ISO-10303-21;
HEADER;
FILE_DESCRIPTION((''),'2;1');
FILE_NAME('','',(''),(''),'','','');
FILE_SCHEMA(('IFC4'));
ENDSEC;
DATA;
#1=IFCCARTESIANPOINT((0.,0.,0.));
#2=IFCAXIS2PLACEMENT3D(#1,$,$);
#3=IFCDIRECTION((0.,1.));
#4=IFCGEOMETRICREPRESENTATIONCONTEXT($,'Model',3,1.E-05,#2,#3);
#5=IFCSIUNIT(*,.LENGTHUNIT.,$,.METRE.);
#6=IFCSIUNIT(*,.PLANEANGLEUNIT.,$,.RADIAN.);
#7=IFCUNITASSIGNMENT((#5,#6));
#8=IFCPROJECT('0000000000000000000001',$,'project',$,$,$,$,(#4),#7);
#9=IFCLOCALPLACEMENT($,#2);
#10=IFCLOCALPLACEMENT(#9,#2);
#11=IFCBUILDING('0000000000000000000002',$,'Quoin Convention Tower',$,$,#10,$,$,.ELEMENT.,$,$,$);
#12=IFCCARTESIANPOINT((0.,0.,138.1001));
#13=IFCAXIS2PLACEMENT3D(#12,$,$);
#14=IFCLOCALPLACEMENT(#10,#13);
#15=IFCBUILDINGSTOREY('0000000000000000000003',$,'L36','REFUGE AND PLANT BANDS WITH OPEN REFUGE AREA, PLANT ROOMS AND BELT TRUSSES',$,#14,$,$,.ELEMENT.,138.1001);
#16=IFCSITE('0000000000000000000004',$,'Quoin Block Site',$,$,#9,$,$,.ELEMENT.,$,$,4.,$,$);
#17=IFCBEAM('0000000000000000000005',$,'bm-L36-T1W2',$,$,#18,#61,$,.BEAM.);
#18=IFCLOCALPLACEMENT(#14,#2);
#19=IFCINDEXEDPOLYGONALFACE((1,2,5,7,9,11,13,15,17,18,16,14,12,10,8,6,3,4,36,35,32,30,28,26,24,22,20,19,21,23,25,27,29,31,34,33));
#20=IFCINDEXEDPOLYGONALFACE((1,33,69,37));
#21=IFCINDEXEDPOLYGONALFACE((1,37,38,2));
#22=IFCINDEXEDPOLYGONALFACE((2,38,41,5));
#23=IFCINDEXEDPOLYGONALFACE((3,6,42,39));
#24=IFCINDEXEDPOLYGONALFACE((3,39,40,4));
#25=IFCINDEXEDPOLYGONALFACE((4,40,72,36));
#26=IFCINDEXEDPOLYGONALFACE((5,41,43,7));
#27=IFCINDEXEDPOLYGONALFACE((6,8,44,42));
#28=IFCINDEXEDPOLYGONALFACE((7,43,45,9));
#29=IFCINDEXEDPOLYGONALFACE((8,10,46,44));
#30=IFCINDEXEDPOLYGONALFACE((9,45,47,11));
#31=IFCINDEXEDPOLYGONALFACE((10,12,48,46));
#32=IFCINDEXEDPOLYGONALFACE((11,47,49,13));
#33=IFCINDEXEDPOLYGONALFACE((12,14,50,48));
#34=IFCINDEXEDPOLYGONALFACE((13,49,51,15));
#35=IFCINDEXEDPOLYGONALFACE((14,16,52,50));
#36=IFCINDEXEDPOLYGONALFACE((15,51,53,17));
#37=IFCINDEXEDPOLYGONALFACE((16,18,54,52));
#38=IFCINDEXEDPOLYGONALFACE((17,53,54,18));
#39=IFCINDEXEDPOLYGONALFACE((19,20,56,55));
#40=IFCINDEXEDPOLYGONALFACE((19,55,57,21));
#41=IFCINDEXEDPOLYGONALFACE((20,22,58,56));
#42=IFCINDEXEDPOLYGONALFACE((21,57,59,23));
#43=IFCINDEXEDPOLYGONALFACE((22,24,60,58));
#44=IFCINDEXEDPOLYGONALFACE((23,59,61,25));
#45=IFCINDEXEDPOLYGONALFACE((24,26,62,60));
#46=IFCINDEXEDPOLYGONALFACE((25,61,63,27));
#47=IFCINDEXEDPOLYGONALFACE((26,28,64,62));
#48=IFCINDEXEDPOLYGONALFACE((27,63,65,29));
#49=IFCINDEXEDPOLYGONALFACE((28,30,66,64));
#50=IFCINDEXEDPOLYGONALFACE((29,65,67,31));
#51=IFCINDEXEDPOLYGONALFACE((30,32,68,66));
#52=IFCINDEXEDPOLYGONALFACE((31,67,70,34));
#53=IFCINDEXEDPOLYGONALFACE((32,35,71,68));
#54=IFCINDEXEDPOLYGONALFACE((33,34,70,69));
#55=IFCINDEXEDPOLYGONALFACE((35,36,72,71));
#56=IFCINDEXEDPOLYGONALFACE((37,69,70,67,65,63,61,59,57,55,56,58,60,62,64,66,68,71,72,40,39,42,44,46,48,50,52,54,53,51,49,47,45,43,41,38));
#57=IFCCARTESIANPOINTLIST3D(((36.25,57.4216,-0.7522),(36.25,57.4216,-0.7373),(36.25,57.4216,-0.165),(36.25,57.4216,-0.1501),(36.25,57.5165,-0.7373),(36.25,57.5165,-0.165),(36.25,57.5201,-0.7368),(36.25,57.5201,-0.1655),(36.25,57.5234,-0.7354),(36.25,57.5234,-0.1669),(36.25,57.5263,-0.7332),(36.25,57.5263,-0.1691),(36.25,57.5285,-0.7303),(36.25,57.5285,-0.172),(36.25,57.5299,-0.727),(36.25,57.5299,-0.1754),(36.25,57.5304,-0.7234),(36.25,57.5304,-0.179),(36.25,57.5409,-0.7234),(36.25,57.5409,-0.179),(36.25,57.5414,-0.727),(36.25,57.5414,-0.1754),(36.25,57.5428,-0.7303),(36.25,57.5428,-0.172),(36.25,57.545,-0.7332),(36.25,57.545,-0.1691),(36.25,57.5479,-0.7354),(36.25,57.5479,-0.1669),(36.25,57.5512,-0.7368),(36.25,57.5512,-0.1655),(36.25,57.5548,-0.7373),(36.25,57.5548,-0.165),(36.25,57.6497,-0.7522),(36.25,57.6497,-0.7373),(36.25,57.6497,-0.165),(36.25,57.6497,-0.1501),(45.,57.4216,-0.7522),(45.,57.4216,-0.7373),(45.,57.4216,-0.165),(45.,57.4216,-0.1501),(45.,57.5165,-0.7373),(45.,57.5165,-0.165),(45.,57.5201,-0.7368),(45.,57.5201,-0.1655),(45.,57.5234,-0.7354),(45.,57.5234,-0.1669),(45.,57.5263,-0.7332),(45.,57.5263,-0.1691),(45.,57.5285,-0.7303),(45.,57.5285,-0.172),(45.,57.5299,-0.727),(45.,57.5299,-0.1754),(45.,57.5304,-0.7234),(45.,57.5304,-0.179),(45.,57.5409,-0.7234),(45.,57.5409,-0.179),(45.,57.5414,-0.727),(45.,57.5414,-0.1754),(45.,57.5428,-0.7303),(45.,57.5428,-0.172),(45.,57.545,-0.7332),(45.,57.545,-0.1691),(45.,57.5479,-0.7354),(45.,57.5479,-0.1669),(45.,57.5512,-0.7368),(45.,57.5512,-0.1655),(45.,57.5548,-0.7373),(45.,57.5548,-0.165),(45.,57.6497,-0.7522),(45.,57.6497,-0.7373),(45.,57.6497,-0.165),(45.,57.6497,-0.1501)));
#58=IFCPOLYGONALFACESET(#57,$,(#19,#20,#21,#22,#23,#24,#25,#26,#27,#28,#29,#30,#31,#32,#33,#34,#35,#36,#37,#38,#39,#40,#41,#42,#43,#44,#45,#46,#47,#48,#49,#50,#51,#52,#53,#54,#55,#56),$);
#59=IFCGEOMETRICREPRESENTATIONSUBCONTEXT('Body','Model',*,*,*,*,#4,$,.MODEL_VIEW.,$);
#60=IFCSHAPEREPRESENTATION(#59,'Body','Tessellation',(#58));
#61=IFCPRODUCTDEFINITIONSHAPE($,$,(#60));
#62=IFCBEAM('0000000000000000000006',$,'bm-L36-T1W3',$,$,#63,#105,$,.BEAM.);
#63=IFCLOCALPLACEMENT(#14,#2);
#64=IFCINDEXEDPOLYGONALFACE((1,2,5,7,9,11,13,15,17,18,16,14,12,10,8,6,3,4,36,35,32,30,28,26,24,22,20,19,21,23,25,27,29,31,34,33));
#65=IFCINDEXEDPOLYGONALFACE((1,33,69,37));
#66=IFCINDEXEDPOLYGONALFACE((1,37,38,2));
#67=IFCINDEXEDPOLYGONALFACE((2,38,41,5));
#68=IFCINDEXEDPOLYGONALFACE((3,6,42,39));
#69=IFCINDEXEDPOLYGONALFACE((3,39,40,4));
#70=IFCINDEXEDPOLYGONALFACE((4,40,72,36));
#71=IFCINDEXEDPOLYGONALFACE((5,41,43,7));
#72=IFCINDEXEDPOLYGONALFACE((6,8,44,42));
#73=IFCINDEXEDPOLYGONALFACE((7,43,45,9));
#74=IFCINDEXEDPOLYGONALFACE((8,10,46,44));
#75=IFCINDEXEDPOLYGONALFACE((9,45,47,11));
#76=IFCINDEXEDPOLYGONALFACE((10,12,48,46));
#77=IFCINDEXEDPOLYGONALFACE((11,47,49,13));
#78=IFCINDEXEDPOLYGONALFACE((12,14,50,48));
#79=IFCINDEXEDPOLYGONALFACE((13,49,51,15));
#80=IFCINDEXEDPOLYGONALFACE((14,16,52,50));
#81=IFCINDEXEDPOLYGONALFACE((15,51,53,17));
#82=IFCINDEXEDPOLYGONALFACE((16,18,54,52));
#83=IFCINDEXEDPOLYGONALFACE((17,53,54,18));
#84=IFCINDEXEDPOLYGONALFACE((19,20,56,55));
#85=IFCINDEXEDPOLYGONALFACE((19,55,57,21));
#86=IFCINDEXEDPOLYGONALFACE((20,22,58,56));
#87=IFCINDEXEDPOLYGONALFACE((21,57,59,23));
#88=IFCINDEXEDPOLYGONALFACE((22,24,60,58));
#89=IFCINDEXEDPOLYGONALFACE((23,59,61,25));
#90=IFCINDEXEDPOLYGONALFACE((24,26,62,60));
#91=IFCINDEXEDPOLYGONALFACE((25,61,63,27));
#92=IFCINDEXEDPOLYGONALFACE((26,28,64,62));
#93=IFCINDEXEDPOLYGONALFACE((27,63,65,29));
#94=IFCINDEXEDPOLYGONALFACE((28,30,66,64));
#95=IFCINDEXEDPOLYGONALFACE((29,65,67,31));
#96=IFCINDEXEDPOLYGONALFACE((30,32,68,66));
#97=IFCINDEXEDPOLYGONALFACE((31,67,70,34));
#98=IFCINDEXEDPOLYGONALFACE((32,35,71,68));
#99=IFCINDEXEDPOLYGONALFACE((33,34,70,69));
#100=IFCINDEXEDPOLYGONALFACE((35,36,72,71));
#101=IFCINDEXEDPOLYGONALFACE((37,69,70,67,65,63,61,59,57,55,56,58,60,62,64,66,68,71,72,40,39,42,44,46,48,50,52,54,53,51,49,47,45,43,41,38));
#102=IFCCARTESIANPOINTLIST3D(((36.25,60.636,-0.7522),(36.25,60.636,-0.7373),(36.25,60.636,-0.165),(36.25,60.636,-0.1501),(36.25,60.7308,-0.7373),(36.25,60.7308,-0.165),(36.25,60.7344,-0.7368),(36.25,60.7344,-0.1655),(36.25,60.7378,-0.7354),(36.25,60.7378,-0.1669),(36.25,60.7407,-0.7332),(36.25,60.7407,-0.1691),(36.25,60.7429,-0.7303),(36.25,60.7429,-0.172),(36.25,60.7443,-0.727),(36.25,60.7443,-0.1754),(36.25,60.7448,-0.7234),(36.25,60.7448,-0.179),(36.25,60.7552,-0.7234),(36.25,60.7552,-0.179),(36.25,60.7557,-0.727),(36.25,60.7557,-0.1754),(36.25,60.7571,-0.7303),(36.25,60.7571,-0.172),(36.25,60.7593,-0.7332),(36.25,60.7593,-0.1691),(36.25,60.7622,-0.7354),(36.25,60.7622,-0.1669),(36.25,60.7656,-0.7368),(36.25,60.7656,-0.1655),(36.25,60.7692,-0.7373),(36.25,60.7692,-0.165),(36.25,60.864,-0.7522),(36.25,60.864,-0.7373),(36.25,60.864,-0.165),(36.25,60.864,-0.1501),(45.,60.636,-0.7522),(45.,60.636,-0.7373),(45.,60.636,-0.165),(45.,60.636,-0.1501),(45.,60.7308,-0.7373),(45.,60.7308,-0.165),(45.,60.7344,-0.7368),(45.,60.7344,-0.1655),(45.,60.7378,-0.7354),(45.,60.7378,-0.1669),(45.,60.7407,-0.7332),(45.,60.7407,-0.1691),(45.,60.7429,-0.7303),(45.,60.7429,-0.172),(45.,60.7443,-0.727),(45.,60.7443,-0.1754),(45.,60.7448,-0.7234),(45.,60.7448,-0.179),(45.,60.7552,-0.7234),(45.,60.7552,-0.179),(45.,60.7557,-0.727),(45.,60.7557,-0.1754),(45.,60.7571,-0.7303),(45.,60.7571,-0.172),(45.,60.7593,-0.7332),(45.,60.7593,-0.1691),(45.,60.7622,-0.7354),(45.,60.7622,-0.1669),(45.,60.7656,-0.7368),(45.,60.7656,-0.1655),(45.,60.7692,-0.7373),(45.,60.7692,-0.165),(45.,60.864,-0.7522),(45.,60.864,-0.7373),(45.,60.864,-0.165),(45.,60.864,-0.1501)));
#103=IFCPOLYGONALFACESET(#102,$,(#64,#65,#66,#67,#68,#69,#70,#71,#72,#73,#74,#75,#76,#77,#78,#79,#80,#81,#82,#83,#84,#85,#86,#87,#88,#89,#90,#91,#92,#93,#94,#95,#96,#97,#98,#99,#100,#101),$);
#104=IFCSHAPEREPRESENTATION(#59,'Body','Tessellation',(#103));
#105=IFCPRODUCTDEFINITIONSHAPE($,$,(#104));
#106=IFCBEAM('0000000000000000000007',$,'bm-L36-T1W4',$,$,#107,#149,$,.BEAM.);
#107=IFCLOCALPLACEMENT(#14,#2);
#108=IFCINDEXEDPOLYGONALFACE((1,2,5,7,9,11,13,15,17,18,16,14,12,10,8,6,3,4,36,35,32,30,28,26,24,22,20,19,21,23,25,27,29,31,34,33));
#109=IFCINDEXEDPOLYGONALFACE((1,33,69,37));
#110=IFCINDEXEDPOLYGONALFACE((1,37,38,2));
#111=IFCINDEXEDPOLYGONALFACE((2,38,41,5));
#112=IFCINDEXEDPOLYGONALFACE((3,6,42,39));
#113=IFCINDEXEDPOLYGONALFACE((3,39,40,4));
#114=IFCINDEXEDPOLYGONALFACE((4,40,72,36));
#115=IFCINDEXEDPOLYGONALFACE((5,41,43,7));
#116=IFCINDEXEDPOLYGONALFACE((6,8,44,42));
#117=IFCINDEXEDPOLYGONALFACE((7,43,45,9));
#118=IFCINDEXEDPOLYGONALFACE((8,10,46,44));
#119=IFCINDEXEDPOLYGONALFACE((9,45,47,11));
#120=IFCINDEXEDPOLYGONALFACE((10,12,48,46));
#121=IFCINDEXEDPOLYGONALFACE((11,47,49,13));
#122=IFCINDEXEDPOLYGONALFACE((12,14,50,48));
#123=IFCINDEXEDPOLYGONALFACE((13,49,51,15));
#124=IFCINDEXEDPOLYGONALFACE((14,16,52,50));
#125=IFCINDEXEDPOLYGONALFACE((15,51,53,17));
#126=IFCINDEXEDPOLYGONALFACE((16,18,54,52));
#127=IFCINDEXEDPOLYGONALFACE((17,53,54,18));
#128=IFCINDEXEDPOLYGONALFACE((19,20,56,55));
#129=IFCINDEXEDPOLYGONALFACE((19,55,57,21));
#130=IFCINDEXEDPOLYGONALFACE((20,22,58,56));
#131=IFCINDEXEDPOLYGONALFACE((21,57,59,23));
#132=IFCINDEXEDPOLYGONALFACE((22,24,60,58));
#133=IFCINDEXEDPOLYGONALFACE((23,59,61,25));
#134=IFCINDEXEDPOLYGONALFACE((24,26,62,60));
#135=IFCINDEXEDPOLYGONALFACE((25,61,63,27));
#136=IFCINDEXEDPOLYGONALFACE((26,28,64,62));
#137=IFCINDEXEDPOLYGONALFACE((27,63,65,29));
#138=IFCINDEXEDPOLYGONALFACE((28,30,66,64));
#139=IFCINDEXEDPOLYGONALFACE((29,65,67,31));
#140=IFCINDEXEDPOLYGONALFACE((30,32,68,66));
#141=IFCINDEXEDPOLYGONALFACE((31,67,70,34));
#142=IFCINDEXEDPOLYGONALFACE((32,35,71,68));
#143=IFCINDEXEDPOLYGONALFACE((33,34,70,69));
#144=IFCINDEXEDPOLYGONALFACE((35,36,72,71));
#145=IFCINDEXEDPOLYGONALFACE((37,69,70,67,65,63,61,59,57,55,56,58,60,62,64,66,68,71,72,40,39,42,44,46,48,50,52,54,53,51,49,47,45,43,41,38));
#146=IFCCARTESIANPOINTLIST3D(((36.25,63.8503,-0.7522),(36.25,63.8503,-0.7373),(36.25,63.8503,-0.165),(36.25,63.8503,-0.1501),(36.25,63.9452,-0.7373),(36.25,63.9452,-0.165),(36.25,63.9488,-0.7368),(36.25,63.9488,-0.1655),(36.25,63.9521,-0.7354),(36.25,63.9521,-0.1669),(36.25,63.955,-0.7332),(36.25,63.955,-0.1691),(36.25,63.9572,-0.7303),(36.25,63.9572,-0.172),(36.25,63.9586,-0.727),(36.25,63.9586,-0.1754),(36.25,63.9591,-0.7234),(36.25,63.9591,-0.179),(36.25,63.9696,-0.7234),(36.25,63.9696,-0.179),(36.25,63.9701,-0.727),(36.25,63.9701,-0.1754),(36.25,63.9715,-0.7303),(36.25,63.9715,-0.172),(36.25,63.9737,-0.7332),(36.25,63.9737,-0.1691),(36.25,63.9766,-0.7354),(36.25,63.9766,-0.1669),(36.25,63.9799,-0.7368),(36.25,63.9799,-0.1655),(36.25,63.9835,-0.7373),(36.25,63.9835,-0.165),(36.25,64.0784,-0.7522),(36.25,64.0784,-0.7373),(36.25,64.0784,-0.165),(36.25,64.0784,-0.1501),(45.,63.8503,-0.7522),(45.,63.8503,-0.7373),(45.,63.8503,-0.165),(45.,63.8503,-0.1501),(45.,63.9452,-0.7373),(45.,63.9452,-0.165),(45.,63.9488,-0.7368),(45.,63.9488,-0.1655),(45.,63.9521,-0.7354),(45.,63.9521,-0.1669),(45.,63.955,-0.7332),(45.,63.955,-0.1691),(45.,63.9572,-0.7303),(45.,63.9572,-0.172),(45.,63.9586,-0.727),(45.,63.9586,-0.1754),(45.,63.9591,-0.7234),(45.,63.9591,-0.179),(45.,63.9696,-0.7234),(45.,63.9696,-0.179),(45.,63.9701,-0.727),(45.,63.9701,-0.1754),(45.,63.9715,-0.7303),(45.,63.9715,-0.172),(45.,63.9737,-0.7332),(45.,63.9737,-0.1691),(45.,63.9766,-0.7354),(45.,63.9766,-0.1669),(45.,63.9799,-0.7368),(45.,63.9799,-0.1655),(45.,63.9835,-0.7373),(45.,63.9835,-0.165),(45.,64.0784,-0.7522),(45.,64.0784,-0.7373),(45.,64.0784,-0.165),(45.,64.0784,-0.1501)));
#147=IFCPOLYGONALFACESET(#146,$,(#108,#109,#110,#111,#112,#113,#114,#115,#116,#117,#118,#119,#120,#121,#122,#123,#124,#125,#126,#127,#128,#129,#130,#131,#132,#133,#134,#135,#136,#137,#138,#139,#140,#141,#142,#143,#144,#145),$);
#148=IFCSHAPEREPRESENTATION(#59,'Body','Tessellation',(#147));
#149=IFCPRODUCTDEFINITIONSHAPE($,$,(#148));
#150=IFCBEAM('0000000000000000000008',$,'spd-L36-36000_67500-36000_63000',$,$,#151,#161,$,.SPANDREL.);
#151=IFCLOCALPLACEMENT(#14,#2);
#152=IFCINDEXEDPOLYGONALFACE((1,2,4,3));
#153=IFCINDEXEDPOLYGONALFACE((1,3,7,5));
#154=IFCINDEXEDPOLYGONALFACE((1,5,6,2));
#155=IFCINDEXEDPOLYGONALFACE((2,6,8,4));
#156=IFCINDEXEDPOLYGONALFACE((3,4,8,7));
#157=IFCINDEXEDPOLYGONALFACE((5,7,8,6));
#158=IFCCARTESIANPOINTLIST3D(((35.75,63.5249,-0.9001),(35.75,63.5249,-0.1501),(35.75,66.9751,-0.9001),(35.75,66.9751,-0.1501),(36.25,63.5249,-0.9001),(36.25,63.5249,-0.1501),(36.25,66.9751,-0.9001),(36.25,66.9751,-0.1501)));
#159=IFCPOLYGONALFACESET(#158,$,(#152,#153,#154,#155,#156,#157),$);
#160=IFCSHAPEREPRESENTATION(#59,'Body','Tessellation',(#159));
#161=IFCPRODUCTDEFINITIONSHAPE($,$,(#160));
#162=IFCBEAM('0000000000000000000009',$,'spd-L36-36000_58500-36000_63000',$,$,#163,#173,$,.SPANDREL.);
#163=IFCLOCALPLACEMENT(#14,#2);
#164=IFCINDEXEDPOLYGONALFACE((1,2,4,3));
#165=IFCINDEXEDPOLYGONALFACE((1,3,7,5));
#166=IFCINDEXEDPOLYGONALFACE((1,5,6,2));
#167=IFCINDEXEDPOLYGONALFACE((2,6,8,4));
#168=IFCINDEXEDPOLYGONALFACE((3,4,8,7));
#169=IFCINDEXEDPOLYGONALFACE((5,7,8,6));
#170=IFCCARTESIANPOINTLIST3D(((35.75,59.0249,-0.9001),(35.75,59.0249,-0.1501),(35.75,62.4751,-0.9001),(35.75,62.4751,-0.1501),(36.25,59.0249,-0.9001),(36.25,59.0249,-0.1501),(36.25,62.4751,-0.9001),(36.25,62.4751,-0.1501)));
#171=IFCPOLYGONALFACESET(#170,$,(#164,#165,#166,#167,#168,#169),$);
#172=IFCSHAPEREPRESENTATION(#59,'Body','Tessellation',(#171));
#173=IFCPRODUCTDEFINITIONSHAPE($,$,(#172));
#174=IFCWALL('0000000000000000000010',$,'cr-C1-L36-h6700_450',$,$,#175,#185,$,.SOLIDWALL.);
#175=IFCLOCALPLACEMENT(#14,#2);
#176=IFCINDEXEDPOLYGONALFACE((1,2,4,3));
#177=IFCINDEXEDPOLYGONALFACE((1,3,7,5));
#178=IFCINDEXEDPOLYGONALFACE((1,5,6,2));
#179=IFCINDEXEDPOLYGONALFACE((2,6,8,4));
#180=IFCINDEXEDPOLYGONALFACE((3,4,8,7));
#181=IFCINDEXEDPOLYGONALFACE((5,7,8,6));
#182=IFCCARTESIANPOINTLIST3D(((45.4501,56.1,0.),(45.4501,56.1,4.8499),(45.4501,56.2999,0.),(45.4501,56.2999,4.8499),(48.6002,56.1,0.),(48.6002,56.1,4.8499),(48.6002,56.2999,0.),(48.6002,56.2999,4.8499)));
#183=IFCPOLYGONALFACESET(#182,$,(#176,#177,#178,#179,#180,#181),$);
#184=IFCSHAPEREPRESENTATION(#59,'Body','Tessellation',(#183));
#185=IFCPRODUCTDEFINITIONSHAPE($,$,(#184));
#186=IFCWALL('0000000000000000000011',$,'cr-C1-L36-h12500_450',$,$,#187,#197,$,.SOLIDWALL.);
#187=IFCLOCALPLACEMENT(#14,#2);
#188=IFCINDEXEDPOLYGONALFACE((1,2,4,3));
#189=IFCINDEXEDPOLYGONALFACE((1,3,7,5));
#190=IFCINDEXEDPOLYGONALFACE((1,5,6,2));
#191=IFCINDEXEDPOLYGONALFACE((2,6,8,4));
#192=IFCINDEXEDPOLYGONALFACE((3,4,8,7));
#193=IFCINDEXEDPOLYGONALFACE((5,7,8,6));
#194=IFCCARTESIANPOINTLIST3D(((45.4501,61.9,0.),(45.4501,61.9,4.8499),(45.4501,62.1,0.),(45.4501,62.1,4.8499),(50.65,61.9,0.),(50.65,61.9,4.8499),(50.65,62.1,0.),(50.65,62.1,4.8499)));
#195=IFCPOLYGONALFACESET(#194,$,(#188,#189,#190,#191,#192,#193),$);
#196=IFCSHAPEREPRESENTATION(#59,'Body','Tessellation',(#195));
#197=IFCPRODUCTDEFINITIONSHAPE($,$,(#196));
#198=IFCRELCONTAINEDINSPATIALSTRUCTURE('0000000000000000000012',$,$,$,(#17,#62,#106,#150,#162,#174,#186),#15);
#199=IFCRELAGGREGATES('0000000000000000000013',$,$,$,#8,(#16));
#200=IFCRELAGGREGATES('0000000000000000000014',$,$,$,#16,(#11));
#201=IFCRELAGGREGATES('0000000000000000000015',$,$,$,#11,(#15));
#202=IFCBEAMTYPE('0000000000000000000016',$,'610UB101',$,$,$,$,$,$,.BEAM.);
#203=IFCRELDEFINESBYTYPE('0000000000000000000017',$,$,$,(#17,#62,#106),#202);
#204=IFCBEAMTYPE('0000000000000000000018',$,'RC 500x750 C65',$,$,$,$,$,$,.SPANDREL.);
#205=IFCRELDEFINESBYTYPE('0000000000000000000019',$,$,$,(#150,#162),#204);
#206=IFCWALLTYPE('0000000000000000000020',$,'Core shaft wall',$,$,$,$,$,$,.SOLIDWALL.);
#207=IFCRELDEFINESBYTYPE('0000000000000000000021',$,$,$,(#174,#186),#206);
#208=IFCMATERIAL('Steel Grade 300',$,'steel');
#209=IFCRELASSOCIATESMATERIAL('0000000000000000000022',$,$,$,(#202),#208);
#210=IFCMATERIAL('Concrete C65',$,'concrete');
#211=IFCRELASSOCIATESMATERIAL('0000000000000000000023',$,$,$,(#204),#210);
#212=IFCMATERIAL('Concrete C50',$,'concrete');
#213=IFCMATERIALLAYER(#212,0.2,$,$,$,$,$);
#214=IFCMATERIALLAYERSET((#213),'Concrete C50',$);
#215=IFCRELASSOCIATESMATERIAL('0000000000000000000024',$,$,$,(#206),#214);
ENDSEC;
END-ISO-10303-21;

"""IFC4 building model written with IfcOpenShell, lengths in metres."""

from ifc_helpers import new_model, si_unit, direction, frame, frame_2d, origin, origin_2d, place, context, subcontext, project, spatial, rectangle, i_section, extrude, material, layer, layer_set, material_profile, profile_set, type_object, element, save


model = new_model("IFC4")

# Units and contexts
model_context = context("Model", 3, precision=1e-05, world=origin(), true_north=direction((0.0, 1.0)))
body_context = subcontext(model_context, "Body", "Model", "MODEL_VIEW")
ifc_project = project(units=[si_unit("LENGTHUNIT", "METRE"), si_unit("PLANEANGLEUNIT", "RADIAN")], contexts=[model_context])

# Site, building, storey
site_placement = place(None, origin())
site = spatial("IfcSite", under=ifc_project, at=site_placement, Name="Quoin Block Site", CompositionType="ELEMENT", RefElevation=4.0)
building_placement = place(site_placement, origin())
building = spatial("IfcBuilding", under=site, at=building_placement, Name="Quoin Convention Tower", CompositionType="ELEMENT")
storey_placement = place(building_placement, frame((0.0, 0.0, 138.1001)))
storey = spatial("IfcBuildingStorey", under=building, at=storey_placement, Name="L36", Description="REFUGE AND PLANT BANDS WITH OPEN REFUGE AREA, PLANT ROOMS AND BELT TRUSSES", CompositionType="ELEMENT", Elevation=138.1001)

# Shared definitions
ifc_material_1 = material(Name="Concrete C65", Category="concrete")

# Shared definitions
ifc_material_2 = material(Name="Steel Grade 300", Category="steel")

# Beams
ifc_material_profile_1 = material_profile(ifc_material_2, i_section(OverallWidth=0.228, OverallDepth=0.6021, WebThickness=0.0105, FlangeThickness=0.0149, FilletRadius=0.0139, at=origin_2d()), Name="610UB101")
ifc_profile_set_1 = profile_set([ifc_material_profile_1], Name="Steel Grade 300")
beam_type_1 = type_object("IfcBeamType", Name="610UB101", PredefinedType="BEAM", material=ifc_profile_set_1)
for number, where, z_axis, x_axis, name in (
    (1, (36.25, 57.5356, -0.4512), (1.0, 0.0, 0.0), (0.0, 1.0, 0.0), "bm-L36-T1W2"),
    (2, (36.25, 60.75, -0.4512), (1.0, 0.0, 0.0), (0.0, 1.0, 0.0), "bm-L36-T1W3"),
    (3, (36.25, 63.9644, -0.4512), (1.0, 0.0, 0.0), (0.0, 1.0, 0.0), "bm-L36-T1W4"),
):
    element("IfcBeam", number, at=place(storey_placement, frame(where, z_axis=z_axis, x_axis=x_axis)), inside=storey, type_object=beam_type_1, Name=name, PredefinedType="BEAM", context=body_context, shape_type="SweptSolid", body=[
        extrude(i_section(OverallWidth=0.228, OverallDepth=0.6021, WebThickness=0.0105, FlangeThickness=0.0149, FilletRadius=0.0139, at=origin_2d()), origin(), (0.0, 0.0, 1.0), 8.75),
    ])
ifc_material_profile_2 = material_profile(ifc_material_1, rectangle(XDim=0.5, YDim=0.75, at=origin_2d()), Name="RC 500x750")
ifc_profile_set_2 = profile_set([ifc_material_profile_2], Name="Concrete C65")
beam_type_2 = type_object("IfcBeamType", Name="RC 500x750 C65", PredefinedType="SPANDREL", material=ifc_profile_set_2)
for number, where, z_axis, x_axis, name in (
    (4, (36.0, 66.9751, -0.5251), (0.0, -1.0, 0.0), (1.0, 0.0, 0.0), "spd-L36-36000_67500-36000_63000"),
    (5, (36.0, 59.0249, -0.5251), (0.0, 1.0, 0.0), (-1.0, 0.0, 0.0), "spd-L36-36000_58500-36000_63000"),
):
    element("IfcBeam", number, at=place(storey_placement, frame(where, z_axis=z_axis, x_axis=x_axis)), inside=storey, type_object=beam_type_2, Name=name, PredefinedType="SPANDREL", context=body_context, shape_type="SweptSolid", body=[
        extrude(rectangle(XDim=0.5, YDim=0.75, at=origin_2d()), origin(), (0.0, 0.0, 1.0), 3.4502),
    ])

# Walls
ifc_material_3 = material(Name="Concrete C50", Category="concrete")
ifc_layer = layer(ifc_material_3, 0.2)
ifc_layer_set = layer_set([ifc_layer], Name="Concrete C50")
wall_type = type_object("IfcWallType", Name="Core shaft wall", PredefinedType="SOLIDWALL", material=ifc_layer_set)
wall_1_placement = place(storey_placement, frame((45.45, 56.2, 0.0), z_axis=(0.0, 0.0, 1.0), x_axis=(1.0, 0.0, 0.0)))
element("IfcWall", 6, at=wall_1_placement, inside=storey, type_object=wall_type, Name="cr-C1-L36-h6700_450", PredefinedType="SOLIDWALL", context=body_context, shape_type="SweptSolid", body=[
    extrude(rectangle(XDim=3.1501, YDim=0.2, at=frame_2d((1.5752, 0.0))), origin(), (0.0, 0.0, 1.0), 4.8499),
])
wall_2_placement = place(storey_placement, frame((45.45, 62.0, 0.0), z_axis=(0.0, 0.0, 1.0), x_axis=(1.0, 0.0, 0.0)))
element("IfcWall", 7, at=wall_2_placement, inside=storey, type_object=wall_type, Name="cr-C1-L36-h12500_450", PredefinedType="SOLIDWALL", context=body_context, shape_type="SweptSolid", body=[
    extrude(rectangle(XDim=5.2, YDim=0.2, at=frame_2d((2.6001, 0.0))), origin(), (0.0, 0.0, 1.0), 4.8499),
])

save(model, "model.ifc")
